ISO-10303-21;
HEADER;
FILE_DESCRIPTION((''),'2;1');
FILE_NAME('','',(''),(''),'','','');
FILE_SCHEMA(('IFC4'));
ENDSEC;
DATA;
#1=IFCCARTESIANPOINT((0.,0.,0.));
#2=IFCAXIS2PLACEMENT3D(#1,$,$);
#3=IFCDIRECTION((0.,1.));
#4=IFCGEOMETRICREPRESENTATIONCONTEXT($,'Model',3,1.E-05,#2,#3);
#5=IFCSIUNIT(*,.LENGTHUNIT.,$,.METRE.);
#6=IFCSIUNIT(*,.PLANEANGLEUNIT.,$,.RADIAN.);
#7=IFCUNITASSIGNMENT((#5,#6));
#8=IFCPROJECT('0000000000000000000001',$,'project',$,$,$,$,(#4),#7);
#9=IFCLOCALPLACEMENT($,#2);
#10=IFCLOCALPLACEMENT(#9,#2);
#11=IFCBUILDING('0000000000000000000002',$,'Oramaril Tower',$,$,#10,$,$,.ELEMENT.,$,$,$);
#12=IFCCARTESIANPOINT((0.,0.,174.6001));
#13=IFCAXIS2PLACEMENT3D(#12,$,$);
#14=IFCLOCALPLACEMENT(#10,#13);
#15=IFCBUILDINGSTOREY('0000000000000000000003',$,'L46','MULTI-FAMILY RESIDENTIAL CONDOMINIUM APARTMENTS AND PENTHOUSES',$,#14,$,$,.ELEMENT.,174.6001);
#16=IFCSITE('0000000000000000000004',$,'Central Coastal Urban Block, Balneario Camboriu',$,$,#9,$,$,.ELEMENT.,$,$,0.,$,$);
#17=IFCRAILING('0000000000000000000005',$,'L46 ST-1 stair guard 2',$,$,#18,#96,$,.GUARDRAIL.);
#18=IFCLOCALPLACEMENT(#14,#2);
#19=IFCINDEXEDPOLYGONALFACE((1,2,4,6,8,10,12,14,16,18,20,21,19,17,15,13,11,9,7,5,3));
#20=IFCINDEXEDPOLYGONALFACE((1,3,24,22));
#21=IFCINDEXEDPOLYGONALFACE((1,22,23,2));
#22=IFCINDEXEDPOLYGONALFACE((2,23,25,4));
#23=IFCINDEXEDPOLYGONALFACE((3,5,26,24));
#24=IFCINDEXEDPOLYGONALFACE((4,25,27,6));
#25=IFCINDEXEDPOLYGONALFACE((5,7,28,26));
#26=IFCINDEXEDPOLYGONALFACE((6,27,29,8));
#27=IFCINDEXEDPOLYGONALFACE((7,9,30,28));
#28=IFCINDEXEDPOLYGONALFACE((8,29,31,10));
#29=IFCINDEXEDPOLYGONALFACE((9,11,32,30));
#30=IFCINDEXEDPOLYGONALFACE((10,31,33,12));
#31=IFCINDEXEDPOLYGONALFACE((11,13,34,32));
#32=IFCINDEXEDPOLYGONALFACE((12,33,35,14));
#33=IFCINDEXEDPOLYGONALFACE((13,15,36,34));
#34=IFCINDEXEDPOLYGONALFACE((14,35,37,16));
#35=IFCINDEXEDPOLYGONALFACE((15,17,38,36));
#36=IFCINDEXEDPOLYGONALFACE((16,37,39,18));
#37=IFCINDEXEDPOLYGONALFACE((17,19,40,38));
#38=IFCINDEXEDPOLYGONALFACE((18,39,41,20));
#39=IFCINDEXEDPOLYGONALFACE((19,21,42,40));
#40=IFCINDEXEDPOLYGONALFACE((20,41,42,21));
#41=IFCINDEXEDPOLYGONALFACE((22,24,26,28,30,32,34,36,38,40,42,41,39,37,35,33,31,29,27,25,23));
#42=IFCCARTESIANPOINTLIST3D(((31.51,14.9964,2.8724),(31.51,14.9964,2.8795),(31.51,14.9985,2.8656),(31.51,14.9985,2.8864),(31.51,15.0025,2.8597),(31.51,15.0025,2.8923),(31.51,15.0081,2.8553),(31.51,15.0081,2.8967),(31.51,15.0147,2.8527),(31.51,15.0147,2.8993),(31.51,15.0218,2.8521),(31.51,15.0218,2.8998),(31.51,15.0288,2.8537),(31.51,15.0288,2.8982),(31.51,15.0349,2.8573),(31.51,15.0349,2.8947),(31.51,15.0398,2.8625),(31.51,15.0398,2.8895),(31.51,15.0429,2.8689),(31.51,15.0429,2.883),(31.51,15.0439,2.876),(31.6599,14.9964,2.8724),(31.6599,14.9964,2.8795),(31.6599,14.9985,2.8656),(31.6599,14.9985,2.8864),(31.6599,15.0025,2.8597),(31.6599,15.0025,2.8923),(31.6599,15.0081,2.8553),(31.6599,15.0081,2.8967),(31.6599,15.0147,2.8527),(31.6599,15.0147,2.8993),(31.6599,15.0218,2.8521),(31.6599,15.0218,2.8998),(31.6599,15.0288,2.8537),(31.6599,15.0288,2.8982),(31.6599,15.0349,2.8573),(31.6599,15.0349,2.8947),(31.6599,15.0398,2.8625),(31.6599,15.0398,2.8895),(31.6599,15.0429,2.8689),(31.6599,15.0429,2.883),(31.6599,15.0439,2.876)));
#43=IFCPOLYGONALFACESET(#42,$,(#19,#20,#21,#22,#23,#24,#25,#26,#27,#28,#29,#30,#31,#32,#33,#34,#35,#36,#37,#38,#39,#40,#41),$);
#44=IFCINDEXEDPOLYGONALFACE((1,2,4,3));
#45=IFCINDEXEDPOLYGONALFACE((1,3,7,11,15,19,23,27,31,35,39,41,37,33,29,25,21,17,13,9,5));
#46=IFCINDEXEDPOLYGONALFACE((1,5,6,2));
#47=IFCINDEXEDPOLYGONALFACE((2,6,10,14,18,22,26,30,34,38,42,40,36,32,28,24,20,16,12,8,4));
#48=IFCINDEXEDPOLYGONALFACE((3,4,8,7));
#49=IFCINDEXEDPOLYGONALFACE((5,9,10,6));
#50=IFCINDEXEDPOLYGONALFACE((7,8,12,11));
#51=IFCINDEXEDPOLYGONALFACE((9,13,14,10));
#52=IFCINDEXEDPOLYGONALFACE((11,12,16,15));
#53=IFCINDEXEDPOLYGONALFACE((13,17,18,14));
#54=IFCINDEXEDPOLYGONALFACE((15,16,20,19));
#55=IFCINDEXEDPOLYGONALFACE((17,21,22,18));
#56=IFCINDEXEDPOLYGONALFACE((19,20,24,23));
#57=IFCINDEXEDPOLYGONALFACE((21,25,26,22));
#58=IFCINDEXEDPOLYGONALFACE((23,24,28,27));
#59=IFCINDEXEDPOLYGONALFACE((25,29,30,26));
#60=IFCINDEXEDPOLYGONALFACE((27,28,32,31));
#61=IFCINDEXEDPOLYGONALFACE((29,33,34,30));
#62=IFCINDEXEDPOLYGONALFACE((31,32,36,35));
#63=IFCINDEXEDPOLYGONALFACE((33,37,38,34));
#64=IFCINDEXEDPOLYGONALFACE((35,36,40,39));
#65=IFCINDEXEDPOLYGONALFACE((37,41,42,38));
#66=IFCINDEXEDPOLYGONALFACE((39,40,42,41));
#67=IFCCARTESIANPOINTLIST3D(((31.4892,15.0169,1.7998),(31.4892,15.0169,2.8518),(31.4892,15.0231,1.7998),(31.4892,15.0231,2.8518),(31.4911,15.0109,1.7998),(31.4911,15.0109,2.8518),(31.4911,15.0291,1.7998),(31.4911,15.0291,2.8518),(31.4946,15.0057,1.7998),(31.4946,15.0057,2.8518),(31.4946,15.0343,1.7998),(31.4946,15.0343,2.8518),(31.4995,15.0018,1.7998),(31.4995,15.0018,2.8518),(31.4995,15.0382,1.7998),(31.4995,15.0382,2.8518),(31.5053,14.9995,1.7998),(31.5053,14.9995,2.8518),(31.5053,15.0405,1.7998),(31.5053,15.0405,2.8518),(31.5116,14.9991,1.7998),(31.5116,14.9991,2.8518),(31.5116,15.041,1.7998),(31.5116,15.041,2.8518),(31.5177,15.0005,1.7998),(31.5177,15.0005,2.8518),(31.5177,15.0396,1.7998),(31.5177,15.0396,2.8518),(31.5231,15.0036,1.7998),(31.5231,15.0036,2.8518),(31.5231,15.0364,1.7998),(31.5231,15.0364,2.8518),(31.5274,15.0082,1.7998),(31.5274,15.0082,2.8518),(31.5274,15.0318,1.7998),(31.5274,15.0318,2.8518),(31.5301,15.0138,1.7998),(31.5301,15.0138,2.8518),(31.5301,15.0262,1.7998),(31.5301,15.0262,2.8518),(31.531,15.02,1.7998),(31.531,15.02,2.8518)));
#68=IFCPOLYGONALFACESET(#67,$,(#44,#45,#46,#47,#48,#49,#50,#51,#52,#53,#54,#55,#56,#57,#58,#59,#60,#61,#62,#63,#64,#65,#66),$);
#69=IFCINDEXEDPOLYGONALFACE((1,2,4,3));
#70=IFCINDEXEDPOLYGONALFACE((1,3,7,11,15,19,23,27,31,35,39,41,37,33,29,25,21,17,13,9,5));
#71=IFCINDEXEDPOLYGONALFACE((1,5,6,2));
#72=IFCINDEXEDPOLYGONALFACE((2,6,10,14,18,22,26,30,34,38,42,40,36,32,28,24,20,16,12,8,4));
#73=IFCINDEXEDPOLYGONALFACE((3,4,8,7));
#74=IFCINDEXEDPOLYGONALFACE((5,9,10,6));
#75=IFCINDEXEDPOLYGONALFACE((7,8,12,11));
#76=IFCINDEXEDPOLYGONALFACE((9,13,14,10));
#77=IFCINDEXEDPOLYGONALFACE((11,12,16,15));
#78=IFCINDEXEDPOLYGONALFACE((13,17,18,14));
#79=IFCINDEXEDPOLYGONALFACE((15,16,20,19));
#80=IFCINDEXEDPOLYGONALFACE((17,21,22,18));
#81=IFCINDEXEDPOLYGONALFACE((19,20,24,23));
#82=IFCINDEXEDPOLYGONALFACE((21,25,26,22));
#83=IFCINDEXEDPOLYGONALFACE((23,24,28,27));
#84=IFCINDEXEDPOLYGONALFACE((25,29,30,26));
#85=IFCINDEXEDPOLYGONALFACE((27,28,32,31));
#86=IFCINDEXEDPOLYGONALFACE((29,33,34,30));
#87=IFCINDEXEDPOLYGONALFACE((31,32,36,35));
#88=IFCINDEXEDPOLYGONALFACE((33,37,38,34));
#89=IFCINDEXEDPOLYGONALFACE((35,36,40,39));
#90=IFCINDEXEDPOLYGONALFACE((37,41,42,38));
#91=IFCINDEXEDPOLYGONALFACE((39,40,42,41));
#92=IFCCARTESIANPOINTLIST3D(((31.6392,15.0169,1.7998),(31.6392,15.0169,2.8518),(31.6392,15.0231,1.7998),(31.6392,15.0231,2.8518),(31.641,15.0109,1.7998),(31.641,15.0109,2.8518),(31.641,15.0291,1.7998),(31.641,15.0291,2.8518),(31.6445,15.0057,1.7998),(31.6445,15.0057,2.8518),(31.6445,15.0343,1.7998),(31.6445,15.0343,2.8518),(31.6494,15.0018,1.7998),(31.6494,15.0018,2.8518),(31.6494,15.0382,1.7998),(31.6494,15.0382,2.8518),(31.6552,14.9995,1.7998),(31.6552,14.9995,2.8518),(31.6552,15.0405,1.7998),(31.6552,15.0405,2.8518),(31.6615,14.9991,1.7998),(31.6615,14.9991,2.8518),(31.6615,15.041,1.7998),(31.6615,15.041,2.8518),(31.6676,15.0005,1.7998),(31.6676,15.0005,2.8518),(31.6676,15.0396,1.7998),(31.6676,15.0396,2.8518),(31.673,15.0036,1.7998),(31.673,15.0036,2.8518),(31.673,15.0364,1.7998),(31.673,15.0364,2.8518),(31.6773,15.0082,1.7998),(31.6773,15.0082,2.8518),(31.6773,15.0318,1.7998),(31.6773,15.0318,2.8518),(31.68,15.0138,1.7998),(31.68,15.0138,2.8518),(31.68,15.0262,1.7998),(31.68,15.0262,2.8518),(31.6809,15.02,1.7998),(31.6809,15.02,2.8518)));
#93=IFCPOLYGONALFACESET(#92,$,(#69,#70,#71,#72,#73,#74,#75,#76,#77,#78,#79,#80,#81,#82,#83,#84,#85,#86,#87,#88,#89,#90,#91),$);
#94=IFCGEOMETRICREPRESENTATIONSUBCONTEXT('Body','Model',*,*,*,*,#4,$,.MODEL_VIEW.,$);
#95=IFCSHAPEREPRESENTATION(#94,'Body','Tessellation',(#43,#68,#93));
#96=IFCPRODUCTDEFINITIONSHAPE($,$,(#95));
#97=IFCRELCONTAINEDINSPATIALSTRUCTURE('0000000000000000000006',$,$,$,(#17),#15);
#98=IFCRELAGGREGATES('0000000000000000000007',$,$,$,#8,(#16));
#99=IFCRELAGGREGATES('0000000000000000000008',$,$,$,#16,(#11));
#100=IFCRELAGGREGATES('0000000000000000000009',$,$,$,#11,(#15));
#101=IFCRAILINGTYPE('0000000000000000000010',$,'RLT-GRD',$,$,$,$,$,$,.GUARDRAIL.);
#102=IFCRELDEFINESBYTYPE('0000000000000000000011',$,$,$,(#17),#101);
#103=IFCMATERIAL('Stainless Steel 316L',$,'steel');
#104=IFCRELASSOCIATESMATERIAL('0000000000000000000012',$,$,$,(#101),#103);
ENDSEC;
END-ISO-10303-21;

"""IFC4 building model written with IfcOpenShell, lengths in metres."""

from ifc_helpers import new_model, si_unit, direction, frame, origin, origin_2d, place, context, subcontext, project, spatial, circle, extrude, material, type_object, element, save


model = new_model("IFC4")

# Units and contexts
model_context = context("Model", 3, precision=1e-05, world=origin(), true_north=direction((0.0, 1.0)))
body_context = subcontext(model_context, "Body", "Model", "MODEL_VIEW")
ifc_project = project(units=[si_unit("LENGTHUNIT", "METRE"), si_unit("PLANEANGLEUNIT", "RADIAN")], contexts=[model_context])

# Site, building, storey
site_placement = place(None, origin())
site = spatial("IfcSite", under=ifc_project, at=site_placement, Name="Central Coastal Urban Block, Balneario Camboriu", CompositionType="ELEMENT", RefElevation=0.0)
building_placement = place(site_placement, origin())
building = spatial("IfcBuilding", under=site, at=building_placement, Name="Oramaril Tower", CompositionType="ELEMENT")
storey_placement = place(building_placement, frame((0.0, 0.0, 174.6001)))
storey = spatial("IfcBuildingStorey", under=building, at=storey_placement, Name="L46", Description="MULTI-FAMILY RESIDENTIAL CONDOMINIUM APARTMENTS AND PENTHOUSES", CompositionType="ELEMENT", Elevation=174.6001)

# Railing
ifc_material_1 = material(Name="Stainless Steel 316L", Category="steel")
railing_type_1 = type_object("IfcRailingType", Name="RLT-GRD", PredefinedType="GUARDRAIL", material=ifc_material_1)
railing_1_placement = place(storey_placement, frame((31.51, 15.02, 1.7998)))
element("IfcRailing", 1, at=railing_1_placement, inside=storey, type_object=railing_type_1, Name="L46 ST-1 stair guard 2", PredefinedType="GUARDRAIL", context=body_context, shape_type="SweptSolid", body=[
    extrude(circle(Radius=0.0239, at=origin_2d()), frame((0.0, 0.0, 1.0762), z_axis=(1.0, 0.0, 0.0), x_axis=(0.0, 1.0, 0.0)), (0.0, 0.0, 1.0), 0.1499),
    extrude(circle(Radius=0.021, at=origin_2d()), origin(), (0.0, 0.0, 1.0), 1.052),
    extrude(circle(Radius=0.021, at=origin_2d()), frame((0.1499, 0.0, 0.0)), (0.0, 0.0, 1.0), 1.052),
])

save(model, "model.ifc")
